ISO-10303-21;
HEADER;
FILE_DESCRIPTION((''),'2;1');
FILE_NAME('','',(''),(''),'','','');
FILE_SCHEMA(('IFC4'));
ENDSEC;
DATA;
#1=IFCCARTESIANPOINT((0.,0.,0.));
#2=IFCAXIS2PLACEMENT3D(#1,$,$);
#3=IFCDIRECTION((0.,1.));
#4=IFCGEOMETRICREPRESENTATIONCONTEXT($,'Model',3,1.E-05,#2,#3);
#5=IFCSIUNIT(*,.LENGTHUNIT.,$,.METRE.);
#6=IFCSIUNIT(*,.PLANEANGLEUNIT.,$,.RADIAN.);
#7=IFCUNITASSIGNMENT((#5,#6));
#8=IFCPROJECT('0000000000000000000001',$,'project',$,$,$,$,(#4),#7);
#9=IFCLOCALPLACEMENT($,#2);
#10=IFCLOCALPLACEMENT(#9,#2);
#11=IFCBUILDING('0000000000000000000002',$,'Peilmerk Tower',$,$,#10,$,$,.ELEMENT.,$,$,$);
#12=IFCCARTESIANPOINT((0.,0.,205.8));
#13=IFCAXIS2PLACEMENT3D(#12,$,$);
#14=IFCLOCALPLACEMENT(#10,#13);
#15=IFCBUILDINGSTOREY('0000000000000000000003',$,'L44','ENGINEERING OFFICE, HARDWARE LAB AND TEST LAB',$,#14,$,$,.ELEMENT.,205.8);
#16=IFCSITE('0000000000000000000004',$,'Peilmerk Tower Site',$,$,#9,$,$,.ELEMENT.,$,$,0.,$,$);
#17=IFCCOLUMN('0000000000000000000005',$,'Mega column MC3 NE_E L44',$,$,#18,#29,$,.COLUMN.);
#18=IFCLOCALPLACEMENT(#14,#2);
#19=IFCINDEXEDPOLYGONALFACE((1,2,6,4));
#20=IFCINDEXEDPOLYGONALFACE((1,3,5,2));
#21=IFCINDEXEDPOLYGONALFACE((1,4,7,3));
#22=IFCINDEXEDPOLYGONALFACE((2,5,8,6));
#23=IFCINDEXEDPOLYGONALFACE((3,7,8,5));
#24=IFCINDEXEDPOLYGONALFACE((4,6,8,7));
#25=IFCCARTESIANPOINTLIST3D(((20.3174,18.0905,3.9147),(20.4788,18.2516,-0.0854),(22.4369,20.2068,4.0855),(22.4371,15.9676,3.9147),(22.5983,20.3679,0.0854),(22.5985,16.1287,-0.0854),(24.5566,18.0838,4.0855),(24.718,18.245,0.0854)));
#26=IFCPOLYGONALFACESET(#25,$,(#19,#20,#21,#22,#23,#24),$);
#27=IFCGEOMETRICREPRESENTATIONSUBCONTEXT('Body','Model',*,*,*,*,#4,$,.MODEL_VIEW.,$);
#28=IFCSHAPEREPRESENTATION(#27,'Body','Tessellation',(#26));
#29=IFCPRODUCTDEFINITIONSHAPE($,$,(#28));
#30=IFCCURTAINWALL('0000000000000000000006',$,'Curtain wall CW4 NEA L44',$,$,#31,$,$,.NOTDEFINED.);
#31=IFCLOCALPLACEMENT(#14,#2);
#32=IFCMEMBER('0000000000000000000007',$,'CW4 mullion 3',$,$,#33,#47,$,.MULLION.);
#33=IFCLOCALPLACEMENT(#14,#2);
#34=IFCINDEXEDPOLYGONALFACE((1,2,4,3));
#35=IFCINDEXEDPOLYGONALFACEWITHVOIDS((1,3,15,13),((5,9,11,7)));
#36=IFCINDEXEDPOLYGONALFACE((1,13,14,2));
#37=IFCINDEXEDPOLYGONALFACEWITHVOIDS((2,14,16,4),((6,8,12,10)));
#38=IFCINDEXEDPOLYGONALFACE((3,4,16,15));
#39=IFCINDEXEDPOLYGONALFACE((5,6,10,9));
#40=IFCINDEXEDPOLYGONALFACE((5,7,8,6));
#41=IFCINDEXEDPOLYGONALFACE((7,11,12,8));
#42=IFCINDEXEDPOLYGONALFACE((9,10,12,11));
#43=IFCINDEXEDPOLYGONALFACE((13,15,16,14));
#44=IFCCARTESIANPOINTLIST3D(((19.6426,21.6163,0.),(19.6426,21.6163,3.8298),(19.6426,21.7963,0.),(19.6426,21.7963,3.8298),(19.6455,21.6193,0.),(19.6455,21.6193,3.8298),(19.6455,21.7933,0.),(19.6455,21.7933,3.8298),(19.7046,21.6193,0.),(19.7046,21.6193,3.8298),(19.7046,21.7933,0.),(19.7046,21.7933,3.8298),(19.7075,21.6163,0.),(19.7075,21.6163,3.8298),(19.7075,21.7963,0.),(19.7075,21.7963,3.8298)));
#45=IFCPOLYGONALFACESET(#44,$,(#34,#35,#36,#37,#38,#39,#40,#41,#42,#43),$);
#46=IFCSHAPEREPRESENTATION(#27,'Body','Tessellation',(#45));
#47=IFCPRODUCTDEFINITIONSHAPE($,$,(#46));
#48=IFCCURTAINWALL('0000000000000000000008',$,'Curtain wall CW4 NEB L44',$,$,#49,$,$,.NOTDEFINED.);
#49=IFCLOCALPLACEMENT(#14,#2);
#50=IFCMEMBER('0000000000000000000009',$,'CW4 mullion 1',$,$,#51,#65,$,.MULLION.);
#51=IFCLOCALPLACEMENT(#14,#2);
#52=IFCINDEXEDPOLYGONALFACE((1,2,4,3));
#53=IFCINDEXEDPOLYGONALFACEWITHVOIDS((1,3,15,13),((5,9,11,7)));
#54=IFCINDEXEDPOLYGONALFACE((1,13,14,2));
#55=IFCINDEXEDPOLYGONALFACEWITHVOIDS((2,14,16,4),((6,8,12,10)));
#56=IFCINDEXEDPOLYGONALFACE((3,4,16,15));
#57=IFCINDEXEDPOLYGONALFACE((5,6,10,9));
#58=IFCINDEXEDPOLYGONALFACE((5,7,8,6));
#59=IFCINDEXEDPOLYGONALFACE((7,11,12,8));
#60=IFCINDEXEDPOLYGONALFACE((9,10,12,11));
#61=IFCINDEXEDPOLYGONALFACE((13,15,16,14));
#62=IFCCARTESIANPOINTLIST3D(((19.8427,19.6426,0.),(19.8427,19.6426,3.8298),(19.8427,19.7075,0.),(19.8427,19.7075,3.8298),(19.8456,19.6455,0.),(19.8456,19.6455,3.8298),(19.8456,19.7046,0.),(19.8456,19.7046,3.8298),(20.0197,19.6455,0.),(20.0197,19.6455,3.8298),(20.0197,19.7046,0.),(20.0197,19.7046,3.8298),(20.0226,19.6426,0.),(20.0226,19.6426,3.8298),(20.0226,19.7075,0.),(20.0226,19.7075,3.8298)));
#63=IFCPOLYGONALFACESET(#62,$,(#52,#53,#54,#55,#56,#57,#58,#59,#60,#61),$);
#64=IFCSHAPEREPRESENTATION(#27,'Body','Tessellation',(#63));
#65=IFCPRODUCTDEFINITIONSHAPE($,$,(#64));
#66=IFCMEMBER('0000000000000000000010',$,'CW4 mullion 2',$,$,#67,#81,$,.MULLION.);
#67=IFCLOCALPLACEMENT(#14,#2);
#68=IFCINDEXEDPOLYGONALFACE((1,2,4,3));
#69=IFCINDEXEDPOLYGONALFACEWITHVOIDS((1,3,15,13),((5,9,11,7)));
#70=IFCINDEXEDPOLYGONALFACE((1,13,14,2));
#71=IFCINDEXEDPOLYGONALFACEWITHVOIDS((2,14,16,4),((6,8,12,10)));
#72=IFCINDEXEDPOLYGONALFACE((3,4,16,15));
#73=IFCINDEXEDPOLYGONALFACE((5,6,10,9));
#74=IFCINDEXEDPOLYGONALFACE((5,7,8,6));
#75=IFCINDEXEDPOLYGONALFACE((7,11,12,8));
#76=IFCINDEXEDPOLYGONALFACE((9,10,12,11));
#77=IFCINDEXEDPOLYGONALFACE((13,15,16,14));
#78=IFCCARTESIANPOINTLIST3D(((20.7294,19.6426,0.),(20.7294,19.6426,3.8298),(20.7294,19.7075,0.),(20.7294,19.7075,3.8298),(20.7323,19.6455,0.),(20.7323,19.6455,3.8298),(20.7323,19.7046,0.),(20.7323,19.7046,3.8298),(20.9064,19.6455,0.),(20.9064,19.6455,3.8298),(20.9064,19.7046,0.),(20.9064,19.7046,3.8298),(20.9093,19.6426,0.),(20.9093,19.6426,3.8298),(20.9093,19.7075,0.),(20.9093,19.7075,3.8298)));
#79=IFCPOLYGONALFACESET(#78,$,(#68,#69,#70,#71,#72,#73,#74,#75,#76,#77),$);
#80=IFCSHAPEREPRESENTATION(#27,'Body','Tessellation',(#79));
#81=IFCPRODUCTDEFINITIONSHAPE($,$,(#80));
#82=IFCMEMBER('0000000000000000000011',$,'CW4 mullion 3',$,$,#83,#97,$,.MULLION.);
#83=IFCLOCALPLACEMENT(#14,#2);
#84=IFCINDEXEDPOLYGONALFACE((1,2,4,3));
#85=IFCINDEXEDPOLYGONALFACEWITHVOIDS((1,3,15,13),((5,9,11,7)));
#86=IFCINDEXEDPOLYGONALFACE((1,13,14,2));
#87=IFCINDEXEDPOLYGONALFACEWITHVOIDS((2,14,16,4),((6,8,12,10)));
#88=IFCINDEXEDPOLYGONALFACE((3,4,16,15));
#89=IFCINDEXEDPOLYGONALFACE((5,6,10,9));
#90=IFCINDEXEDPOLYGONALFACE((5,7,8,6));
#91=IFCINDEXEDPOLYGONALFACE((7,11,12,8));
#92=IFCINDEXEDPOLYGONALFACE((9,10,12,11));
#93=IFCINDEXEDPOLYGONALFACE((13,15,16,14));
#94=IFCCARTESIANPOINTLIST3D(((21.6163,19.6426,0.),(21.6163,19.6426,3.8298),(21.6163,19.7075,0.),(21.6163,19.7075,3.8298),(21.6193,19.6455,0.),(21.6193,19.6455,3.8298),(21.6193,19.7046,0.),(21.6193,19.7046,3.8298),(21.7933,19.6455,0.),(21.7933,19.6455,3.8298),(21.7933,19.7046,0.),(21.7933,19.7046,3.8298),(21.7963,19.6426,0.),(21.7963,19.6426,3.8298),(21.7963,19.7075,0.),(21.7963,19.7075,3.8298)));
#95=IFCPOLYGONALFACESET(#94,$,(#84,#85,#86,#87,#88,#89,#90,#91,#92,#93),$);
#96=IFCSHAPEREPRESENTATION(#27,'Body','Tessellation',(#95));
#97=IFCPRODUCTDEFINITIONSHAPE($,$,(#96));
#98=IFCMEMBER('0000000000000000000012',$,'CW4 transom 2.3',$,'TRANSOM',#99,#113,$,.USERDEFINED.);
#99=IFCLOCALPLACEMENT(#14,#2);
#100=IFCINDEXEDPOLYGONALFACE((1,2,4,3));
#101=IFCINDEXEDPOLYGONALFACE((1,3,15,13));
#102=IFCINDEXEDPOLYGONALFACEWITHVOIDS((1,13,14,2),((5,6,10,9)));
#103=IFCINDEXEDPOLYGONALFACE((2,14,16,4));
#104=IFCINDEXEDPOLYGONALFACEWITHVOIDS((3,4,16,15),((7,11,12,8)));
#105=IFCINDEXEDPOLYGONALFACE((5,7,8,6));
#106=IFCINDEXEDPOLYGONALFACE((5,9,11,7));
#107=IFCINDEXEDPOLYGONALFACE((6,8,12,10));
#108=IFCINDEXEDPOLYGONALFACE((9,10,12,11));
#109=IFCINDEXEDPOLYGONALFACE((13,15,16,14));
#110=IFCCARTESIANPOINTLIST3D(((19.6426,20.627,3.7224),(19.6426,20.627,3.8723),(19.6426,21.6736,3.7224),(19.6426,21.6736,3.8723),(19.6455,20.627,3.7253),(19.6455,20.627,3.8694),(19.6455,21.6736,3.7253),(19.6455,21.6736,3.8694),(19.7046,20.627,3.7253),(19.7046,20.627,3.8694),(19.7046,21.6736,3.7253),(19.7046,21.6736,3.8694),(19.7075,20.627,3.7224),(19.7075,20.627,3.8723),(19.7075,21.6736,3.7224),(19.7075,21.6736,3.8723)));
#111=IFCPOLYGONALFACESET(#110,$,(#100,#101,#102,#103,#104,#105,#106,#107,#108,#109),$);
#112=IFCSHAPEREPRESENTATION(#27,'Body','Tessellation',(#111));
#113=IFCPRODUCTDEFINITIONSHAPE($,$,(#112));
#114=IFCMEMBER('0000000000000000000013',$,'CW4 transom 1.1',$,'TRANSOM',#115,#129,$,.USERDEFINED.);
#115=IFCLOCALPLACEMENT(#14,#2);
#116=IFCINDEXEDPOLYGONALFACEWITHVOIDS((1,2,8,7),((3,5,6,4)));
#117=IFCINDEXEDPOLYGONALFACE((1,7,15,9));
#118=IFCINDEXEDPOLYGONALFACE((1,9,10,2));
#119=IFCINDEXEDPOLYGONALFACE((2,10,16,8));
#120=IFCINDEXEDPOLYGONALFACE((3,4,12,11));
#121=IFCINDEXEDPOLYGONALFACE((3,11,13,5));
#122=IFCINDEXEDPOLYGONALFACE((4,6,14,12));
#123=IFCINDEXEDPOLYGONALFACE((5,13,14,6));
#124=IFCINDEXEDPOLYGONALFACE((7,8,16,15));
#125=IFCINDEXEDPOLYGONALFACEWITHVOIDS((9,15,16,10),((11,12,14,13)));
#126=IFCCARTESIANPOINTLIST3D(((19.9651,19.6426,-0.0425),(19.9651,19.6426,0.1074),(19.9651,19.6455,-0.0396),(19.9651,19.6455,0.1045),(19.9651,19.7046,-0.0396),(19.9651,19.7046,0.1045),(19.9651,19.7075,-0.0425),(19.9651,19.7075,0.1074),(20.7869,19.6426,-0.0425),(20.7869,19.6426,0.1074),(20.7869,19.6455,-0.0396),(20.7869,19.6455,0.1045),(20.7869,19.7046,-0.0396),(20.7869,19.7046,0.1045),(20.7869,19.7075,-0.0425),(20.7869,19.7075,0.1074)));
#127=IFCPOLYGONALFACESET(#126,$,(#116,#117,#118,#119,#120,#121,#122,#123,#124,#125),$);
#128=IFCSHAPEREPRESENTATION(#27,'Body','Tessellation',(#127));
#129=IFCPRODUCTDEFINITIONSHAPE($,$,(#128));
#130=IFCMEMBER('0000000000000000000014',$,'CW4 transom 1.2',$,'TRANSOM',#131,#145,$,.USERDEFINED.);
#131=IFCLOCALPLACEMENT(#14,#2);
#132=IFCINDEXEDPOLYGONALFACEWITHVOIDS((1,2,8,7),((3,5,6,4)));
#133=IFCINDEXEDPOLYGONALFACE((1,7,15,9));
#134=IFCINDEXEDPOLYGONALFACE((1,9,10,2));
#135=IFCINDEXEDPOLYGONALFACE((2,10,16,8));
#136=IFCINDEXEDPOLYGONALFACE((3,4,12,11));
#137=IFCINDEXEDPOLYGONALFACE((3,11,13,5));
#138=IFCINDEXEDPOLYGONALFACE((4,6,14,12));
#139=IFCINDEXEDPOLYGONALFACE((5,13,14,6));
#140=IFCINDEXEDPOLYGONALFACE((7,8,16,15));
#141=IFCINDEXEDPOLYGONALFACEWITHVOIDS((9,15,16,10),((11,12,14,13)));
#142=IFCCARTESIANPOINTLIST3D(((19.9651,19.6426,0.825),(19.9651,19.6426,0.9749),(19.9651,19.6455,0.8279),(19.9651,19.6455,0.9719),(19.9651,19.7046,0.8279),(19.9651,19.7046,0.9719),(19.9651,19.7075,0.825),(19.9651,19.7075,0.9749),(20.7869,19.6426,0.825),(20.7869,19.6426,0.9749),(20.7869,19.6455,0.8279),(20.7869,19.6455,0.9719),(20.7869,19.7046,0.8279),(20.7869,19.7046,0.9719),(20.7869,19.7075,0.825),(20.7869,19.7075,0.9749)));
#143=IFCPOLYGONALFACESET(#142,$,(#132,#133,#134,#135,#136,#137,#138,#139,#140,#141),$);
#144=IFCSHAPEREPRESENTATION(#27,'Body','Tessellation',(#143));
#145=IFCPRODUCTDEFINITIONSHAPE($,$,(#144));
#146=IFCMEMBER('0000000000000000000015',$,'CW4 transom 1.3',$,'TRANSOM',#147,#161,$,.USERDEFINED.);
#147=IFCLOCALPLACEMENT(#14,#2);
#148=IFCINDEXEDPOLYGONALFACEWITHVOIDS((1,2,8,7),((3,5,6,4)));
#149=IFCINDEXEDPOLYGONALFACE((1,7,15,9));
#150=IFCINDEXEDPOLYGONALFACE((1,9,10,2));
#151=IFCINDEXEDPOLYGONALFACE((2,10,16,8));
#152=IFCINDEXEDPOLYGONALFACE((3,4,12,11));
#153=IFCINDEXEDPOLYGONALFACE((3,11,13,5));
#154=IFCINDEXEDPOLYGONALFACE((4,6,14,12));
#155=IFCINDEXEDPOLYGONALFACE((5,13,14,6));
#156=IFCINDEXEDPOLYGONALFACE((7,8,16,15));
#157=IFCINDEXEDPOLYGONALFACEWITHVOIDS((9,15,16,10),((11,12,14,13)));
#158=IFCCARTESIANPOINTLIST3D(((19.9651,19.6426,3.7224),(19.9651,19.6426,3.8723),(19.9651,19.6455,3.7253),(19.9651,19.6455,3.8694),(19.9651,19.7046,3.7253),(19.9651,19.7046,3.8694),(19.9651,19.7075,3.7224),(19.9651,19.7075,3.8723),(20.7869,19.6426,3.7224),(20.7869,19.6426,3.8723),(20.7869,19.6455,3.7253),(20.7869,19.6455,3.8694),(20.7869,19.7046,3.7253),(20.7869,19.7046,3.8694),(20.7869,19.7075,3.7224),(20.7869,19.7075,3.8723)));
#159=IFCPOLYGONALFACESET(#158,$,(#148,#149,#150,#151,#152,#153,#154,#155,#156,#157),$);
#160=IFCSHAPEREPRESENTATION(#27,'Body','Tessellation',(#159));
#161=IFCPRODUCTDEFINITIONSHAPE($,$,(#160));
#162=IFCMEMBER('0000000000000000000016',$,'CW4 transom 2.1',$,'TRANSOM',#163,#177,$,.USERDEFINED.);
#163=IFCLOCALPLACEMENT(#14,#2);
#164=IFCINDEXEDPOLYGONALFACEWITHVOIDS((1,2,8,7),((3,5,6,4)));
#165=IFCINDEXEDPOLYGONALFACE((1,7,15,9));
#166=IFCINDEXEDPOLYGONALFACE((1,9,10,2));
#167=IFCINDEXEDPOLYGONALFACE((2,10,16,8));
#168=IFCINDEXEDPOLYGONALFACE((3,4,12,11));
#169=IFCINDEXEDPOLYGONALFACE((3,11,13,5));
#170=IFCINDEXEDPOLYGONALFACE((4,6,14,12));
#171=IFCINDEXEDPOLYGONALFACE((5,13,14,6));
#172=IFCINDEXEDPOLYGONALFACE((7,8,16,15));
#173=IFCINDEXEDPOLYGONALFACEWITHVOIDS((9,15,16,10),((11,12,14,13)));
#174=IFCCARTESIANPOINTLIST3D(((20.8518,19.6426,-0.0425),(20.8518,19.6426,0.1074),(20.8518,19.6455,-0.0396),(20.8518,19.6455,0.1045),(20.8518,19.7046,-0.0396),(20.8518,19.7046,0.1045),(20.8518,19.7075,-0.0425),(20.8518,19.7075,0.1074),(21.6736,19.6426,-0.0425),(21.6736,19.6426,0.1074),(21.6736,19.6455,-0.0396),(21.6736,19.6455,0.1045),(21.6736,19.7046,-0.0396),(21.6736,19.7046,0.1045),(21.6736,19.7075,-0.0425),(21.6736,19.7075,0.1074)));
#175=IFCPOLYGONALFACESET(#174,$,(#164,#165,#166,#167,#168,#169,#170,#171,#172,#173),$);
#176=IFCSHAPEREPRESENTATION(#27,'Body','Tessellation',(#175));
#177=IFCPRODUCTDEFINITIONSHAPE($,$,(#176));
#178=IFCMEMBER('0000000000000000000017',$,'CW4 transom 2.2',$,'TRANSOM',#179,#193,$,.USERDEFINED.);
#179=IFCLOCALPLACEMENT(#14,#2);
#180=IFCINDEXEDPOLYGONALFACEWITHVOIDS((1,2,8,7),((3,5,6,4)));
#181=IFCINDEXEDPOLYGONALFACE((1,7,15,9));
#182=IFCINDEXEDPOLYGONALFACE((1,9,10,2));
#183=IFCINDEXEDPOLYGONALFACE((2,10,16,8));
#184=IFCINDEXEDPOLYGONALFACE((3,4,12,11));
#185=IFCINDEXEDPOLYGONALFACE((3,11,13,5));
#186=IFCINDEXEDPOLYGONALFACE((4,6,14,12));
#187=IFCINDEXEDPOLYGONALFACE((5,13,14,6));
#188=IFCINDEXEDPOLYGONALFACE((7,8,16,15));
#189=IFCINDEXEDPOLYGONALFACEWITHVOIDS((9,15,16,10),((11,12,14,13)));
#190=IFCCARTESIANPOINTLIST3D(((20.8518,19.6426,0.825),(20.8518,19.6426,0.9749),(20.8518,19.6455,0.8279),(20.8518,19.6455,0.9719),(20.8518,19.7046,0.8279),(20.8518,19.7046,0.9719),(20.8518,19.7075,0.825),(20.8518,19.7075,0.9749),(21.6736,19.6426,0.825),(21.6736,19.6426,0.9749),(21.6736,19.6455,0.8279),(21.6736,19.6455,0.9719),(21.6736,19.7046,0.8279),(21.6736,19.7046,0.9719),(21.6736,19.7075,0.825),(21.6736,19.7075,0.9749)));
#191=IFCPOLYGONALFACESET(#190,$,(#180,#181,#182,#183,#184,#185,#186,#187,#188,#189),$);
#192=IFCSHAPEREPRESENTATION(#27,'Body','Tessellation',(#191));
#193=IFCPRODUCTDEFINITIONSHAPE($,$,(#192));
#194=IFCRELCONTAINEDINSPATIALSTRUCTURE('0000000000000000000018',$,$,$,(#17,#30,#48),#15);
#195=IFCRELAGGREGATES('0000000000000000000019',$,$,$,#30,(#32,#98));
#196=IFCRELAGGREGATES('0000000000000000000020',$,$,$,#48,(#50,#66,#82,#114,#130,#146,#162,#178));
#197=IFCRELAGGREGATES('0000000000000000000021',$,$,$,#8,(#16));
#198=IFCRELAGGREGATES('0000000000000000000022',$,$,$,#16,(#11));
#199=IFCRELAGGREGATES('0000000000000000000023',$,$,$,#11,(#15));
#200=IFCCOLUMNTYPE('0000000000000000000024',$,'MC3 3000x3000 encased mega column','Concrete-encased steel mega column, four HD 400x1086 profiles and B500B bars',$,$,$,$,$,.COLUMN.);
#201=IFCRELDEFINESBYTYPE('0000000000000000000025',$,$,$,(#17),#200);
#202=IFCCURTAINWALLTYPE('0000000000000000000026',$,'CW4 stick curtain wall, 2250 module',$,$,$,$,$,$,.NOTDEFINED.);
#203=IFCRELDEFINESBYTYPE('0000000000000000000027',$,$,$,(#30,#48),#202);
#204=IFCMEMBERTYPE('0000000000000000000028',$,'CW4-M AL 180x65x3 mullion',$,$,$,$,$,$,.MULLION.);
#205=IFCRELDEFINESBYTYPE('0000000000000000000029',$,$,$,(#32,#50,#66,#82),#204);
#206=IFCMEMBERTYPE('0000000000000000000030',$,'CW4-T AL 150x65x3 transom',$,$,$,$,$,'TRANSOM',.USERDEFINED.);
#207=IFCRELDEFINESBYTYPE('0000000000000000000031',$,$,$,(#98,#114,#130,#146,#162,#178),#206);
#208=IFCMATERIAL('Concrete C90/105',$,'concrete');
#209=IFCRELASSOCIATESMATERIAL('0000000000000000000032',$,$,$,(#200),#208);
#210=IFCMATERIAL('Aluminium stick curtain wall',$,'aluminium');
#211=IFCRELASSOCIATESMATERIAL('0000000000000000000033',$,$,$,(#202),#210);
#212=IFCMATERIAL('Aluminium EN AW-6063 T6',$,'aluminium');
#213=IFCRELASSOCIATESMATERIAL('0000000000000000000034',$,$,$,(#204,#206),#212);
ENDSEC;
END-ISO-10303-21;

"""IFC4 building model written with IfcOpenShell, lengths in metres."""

from ifc_helpers import new_model, si_unit, direction, frame, origin, origin_2d, place, context, subcontext, project, spatial, rectangle, hollow_rectangle, extrude, material, material_profile, profile_set, type_object, element, aggregate, save


model = new_model("IFC4")

# Units and contexts
model_context = context("Model", 3, precision=1e-05, world=origin(), true_north=direction((0.0, 1.0)))
body_context = subcontext(model_context, "Body", "Model", "MODEL_VIEW")
ifc_project = project(units=[si_unit("LENGTHUNIT", "METRE"), si_unit("PLANEANGLEUNIT", "RADIAN")], contexts=[model_context])

# Site, building, storey
site_placement = place(None, origin())
site = spatial("IfcSite", under=ifc_project, at=site_placement, Name="Peilmerk Tower Site", CompositionType="ELEMENT", RefElevation=0.0)
building_placement = place(site_placement, origin())
building = spatial("IfcBuilding", under=site, at=building_placement, Name="Peilmerk Tower", CompositionType="ELEMENT")
storey_placement = place(building_placement, frame((0.0, 0.0, 205.8)))
storey = spatial("IfcBuildingStorey", under=building, at=storey_placement, Name="L44", Description="ENGINEERING OFFICE, HARDWARE LAB AND TEST LAB", CompositionType="ELEMENT", Elevation=205.8)

# Column
ifc_material_1 = material(Name="Concrete C90/105", Category="concrete")
ifc_material_profile_1 = material_profile(ifc_material_1, rectangle(XDim=3.0, YDim=3.0, at=origin_2d()), Name="RC 3000x3000")
ifc_profile_set_1 = profile_set([ifc_material_profile_1], Name="Concrete C90/105")
column_type = type_object("IfcColumnType", Name="MC3 3000x3000 encased mega column", Description="Concrete-encased steel mega column, four HD 400x1086 profiles and B500B bars", PredefinedType="COLUMN", material=ifc_profile_set_1)
column_placement = place(storey_placement, frame((22.5984, 18.2483, 0.0), z_axis=(-0.040279, -0.040218, 0.998379), x_axis=(0.706571, -0.707642, 0.0)))
element("IfcColumn", 1, at=column_placement, inside=storey, type_object=column_type, Name="Mega column MC3 NE_E L44", PredefinedType="COLUMN", context=body_context, shape_type="SweptSolid", body=[
    extrude(rectangle(XDim=3.0, YDim=3.0, at=origin_2d()), origin(), (0.0, 0.0, 1.0), 4.0066),
])

# Curtain wall, member
ifc_material_2 = material(Name="Aluminium stick curtain wall", Category="aluminium")
curtain_wall_type = type_object("IfcCurtainWallType", Name="CW4 stick curtain wall, 2250 module", PredefinedType="NOTDEFINED", material=ifc_material_2)
curtain_wall_1_placement = place(storey_placement, origin())
curtain_wall_1 = element("IfcCurtainWall", 2, at=curtain_wall_1_placement, inside=storey, type_object=curtain_wall_type, Name="Curtain wall CW4 NEA L44", PredefinedType="NOTDEFINED")
ifc_material_3 = material(Name="Aluminium EN AW-6063 T6", Category="aluminium")
ifc_material_profile_2 = material_profile(ifc_material_3, hollow_rectangle(XDim=0.0649, YDim=0.1799, WallThickness=0.0029, at=origin_2d()), Name="AL 180x65x3")
ifc_profile_set_2 = profile_set([ifc_material_profile_2], Name="Aluminium EN AW-6063 T6")
member_type_1 = type_object("IfcMemberType", Name="CW4-M AL 180x65x3 mullion", PredefinedType="MULLION", material=ifc_profile_set_2)
member_1_placement = place(storey_placement, frame((19.675, 21.7063, 0.0), z_axis=(0.0, 0.0, 1.0), x_axis=(-1.0, 0.0, 0.0)))
member_1 = element("IfcMember", 3, at=member_1_placement, type_object=member_type_1, Name="CW4 mullion 3", PredefinedType="MULLION", context=body_context, shape_type="SweptSolid", body=[
    extrude(hollow_rectangle(XDim=0.0649, YDim=0.1799, WallThickness=0.0029, at=origin_2d()), origin(), (0.0, 0.0, 1.0), 3.8298),
])

# Curtain wall, members
curtain_wall_2_placement = place(storey_placement, origin())
curtain_wall_2 = element("IfcCurtainWall", 4, at=curtain_wall_2_placement, inside=storey, type_object=curtain_wall_type, Name="Curtain wall CW4 NEB L44", PredefinedType="NOTDEFINED")
member_2_placement = place(storey_placement, frame((19.9326, 19.675, 0.0), z_axis=(0.0, 0.0, 1.0), x_axis=(0.0, 1.0, 0.0)))
member_2 = element("IfcMember", 5, at=member_2_placement, type_object=member_type_1, Name="CW4 mullion 1", PredefinedType="MULLION", context=body_context, shape_type="SweptSolid", body=[
    extrude(hollow_rectangle(XDim=0.0649, YDim=0.1799, WallThickness=0.0029, at=origin_2d()), origin(), (0.0, 0.0, 1.0), 3.8298),
])
member_3_placement = place(storey_placement, frame((20.8193, 19.675, 0.0), z_axis=(0.0, 0.0, 1.0), x_axis=(0.0, 1.0, 0.0)))
member_3 = element("IfcMember", 6, at=member_3_placement, type_object=member_type_1, Name="CW4 mullion 2", PredefinedType="MULLION", context=body_context, shape_type="SweptSolid", body=[
    extrude(hollow_rectangle(XDim=0.0649, YDim=0.1799, WallThickness=0.0029, at=origin_2d()), origin(), (0.0, 0.0, 1.0), 3.8298),
])
member_4_placement = place(storey_placement, frame((21.7063, 19.675, 0.0), z_axis=(0.0, 0.0, 1.0), x_axis=(0.0, 1.0, 0.0)))
member_4 = element("IfcMember", 7, at=member_4_placement, type_object=member_type_1, Name="CW4 mullion 3", PredefinedType="MULLION", context=body_context, shape_type="SweptSolid", body=[
    extrude(hollow_rectangle(XDim=0.0649, YDim=0.1799, WallThickness=0.0029, at=origin_2d()), origin(), (0.0, 0.0, 1.0), 3.8298),
])

# Members
ifc_material_profile_3 = material_profile(ifc_material_3, hollow_rectangle(XDim=0.0649, YDim=0.1499, WallThickness=0.0029, at=origin_2d()), Name="AL 150x65x3")
ifc_profile_set_3 = profile_set([ifc_material_profile_3], Name="Aluminium EN AW-6063 T6")
member_type_2 = type_object("IfcMemberType", Name="CW4-T AL 150x65x3 transom", ElementType="TRANSOM", PredefinedType="USERDEFINED", material=ifc_profile_set_3)
member_5_placement = place(storey_placement, frame((19.675, 20.627, 3.7974), z_axis=(0.0, 1.0, 0.0), x_axis=(-1.0, 0.0, 0.0)))
member_5 = element("IfcMember", 8, at=member_5_placement, type_object=member_type_2, Name="CW4 transom 2.3", ObjectType="TRANSOM", PredefinedType="USERDEFINED", context=body_context, shape_type="SweptSolid", body=[
    extrude(hollow_rectangle(XDim=0.0649, YDim=0.1499, WallThickness=0.0029, at=origin_2d()), origin(), (0.0, 0.0, 1.0), 1.0466),
])
member_6_placement = place(storey_placement, frame((19.9651, 19.675, 0.0325), z_axis=(1.0, 0.0, 0.0), x_axis=(0.0, 1.0, 0.0)))
member_6 = element("IfcMember", 9, at=member_6_placement, type_object=member_type_2, Name="CW4 transom 1.1", ObjectType="TRANSOM", PredefinedType="USERDEFINED", context=body_context, shape_type="SweptSolid", body=[
    extrude(hollow_rectangle(XDim=0.0649, YDim=0.1499, WallThickness=0.0029, at=origin_2d()), origin(), (0.0, 0.0, 1.0), 0.8218),
])
member_7_placement = place(storey_placement, frame((19.9651, 19.675, 0.8999), z_axis=(1.0, 0.0, 0.0), x_axis=(0.0, 1.0, 0.0)))
member_7 = element("IfcMember", 10, at=member_7_placement, type_object=member_type_2, Name="CW4 transom 1.2", ObjectType="TRANSOM", PredefinedType="USERDEFINED", context=body_context, shape_type="SweptSolid", body=[
    extrude(hollow_rectangle(XDim=0.0649, YDim=0.1499, WallThickness=0.0029, at=origin_2d()), origin(), (0.0, 0.0, 1.0), 0.8218),
])
member_8_placement = place(storey_placement, frame((19.9651, 19.675, 3.7974), z_axis=(1.0, 0.0, 0.0), x_axis=(0.0, 1.0, 0.0)))
member_8 = element("IfcMember", 11, at=member_8_placement, type_object=member_type_2, Name="CW4 transom 1.3", ObjectType="TRANSOM", PredefinedType="USERDEFINED", context=body_context, shape_type="SweptSolid", body=[
    extrude(hollow_rectangle(XDim=0.0649, YDim=0.1499, WallThickness=0.0029, at=origin_2d()), origin(), (0.0, 0.0, 1.0), 0.8218),
])
member_9_placement = place(storey_placement, frame((20.8518, 19.675, 0.0325), z_axis=(1.0, 0.0, 0.0), x_axis=(0.0, 1.0, 0.0)))
member_9 = element("IfcMember", 12, at=member_9_placement, type_object=member_type_2, Name="CW4 transom 2.1", ObjectType="TRANSOM", PredefinedType="USERDEFINED", context=body_context, shape_type="SweptSolid", body=[
    extrude(hollow_rectangle(XDim=0.0649, YDim=0.1499, WallThickness=0.0029, at=origin_2d()), origin(), (0.0, 0.0, 1.0), 0.8218),
])
member_10_placement = place(storey_placement, frame((20.8518, 19.675, 0.8999), z_axis=(1.0, 0.0, 0.0), x_axis=(0.0, 1.0, 0.0)))
member_10 = element("IfcMember", 13, at=member_10_placement, type_object=member_type_2, Name="CW4 transom 2.2", ObjectType="TRANSOM", PredefinedType="USERDEFINED", context=body_context, shape_type="SweptSolid", body=[
    extrude(hollow_rectangle(XDim=0.0649, YDim=0.1499, WallThickness=0.0029, at=origin_2d()), origin(), (0.0, 0.0, 1.0), 0.8218),
])

aggregate(curtain_wall_1, [member_1, member_5])
aggregate(curtain_wall_2, [member_2, member_3, member_4, member_6, member_7, member_8, member_9, member_10])

save(model, "model.ifc")
